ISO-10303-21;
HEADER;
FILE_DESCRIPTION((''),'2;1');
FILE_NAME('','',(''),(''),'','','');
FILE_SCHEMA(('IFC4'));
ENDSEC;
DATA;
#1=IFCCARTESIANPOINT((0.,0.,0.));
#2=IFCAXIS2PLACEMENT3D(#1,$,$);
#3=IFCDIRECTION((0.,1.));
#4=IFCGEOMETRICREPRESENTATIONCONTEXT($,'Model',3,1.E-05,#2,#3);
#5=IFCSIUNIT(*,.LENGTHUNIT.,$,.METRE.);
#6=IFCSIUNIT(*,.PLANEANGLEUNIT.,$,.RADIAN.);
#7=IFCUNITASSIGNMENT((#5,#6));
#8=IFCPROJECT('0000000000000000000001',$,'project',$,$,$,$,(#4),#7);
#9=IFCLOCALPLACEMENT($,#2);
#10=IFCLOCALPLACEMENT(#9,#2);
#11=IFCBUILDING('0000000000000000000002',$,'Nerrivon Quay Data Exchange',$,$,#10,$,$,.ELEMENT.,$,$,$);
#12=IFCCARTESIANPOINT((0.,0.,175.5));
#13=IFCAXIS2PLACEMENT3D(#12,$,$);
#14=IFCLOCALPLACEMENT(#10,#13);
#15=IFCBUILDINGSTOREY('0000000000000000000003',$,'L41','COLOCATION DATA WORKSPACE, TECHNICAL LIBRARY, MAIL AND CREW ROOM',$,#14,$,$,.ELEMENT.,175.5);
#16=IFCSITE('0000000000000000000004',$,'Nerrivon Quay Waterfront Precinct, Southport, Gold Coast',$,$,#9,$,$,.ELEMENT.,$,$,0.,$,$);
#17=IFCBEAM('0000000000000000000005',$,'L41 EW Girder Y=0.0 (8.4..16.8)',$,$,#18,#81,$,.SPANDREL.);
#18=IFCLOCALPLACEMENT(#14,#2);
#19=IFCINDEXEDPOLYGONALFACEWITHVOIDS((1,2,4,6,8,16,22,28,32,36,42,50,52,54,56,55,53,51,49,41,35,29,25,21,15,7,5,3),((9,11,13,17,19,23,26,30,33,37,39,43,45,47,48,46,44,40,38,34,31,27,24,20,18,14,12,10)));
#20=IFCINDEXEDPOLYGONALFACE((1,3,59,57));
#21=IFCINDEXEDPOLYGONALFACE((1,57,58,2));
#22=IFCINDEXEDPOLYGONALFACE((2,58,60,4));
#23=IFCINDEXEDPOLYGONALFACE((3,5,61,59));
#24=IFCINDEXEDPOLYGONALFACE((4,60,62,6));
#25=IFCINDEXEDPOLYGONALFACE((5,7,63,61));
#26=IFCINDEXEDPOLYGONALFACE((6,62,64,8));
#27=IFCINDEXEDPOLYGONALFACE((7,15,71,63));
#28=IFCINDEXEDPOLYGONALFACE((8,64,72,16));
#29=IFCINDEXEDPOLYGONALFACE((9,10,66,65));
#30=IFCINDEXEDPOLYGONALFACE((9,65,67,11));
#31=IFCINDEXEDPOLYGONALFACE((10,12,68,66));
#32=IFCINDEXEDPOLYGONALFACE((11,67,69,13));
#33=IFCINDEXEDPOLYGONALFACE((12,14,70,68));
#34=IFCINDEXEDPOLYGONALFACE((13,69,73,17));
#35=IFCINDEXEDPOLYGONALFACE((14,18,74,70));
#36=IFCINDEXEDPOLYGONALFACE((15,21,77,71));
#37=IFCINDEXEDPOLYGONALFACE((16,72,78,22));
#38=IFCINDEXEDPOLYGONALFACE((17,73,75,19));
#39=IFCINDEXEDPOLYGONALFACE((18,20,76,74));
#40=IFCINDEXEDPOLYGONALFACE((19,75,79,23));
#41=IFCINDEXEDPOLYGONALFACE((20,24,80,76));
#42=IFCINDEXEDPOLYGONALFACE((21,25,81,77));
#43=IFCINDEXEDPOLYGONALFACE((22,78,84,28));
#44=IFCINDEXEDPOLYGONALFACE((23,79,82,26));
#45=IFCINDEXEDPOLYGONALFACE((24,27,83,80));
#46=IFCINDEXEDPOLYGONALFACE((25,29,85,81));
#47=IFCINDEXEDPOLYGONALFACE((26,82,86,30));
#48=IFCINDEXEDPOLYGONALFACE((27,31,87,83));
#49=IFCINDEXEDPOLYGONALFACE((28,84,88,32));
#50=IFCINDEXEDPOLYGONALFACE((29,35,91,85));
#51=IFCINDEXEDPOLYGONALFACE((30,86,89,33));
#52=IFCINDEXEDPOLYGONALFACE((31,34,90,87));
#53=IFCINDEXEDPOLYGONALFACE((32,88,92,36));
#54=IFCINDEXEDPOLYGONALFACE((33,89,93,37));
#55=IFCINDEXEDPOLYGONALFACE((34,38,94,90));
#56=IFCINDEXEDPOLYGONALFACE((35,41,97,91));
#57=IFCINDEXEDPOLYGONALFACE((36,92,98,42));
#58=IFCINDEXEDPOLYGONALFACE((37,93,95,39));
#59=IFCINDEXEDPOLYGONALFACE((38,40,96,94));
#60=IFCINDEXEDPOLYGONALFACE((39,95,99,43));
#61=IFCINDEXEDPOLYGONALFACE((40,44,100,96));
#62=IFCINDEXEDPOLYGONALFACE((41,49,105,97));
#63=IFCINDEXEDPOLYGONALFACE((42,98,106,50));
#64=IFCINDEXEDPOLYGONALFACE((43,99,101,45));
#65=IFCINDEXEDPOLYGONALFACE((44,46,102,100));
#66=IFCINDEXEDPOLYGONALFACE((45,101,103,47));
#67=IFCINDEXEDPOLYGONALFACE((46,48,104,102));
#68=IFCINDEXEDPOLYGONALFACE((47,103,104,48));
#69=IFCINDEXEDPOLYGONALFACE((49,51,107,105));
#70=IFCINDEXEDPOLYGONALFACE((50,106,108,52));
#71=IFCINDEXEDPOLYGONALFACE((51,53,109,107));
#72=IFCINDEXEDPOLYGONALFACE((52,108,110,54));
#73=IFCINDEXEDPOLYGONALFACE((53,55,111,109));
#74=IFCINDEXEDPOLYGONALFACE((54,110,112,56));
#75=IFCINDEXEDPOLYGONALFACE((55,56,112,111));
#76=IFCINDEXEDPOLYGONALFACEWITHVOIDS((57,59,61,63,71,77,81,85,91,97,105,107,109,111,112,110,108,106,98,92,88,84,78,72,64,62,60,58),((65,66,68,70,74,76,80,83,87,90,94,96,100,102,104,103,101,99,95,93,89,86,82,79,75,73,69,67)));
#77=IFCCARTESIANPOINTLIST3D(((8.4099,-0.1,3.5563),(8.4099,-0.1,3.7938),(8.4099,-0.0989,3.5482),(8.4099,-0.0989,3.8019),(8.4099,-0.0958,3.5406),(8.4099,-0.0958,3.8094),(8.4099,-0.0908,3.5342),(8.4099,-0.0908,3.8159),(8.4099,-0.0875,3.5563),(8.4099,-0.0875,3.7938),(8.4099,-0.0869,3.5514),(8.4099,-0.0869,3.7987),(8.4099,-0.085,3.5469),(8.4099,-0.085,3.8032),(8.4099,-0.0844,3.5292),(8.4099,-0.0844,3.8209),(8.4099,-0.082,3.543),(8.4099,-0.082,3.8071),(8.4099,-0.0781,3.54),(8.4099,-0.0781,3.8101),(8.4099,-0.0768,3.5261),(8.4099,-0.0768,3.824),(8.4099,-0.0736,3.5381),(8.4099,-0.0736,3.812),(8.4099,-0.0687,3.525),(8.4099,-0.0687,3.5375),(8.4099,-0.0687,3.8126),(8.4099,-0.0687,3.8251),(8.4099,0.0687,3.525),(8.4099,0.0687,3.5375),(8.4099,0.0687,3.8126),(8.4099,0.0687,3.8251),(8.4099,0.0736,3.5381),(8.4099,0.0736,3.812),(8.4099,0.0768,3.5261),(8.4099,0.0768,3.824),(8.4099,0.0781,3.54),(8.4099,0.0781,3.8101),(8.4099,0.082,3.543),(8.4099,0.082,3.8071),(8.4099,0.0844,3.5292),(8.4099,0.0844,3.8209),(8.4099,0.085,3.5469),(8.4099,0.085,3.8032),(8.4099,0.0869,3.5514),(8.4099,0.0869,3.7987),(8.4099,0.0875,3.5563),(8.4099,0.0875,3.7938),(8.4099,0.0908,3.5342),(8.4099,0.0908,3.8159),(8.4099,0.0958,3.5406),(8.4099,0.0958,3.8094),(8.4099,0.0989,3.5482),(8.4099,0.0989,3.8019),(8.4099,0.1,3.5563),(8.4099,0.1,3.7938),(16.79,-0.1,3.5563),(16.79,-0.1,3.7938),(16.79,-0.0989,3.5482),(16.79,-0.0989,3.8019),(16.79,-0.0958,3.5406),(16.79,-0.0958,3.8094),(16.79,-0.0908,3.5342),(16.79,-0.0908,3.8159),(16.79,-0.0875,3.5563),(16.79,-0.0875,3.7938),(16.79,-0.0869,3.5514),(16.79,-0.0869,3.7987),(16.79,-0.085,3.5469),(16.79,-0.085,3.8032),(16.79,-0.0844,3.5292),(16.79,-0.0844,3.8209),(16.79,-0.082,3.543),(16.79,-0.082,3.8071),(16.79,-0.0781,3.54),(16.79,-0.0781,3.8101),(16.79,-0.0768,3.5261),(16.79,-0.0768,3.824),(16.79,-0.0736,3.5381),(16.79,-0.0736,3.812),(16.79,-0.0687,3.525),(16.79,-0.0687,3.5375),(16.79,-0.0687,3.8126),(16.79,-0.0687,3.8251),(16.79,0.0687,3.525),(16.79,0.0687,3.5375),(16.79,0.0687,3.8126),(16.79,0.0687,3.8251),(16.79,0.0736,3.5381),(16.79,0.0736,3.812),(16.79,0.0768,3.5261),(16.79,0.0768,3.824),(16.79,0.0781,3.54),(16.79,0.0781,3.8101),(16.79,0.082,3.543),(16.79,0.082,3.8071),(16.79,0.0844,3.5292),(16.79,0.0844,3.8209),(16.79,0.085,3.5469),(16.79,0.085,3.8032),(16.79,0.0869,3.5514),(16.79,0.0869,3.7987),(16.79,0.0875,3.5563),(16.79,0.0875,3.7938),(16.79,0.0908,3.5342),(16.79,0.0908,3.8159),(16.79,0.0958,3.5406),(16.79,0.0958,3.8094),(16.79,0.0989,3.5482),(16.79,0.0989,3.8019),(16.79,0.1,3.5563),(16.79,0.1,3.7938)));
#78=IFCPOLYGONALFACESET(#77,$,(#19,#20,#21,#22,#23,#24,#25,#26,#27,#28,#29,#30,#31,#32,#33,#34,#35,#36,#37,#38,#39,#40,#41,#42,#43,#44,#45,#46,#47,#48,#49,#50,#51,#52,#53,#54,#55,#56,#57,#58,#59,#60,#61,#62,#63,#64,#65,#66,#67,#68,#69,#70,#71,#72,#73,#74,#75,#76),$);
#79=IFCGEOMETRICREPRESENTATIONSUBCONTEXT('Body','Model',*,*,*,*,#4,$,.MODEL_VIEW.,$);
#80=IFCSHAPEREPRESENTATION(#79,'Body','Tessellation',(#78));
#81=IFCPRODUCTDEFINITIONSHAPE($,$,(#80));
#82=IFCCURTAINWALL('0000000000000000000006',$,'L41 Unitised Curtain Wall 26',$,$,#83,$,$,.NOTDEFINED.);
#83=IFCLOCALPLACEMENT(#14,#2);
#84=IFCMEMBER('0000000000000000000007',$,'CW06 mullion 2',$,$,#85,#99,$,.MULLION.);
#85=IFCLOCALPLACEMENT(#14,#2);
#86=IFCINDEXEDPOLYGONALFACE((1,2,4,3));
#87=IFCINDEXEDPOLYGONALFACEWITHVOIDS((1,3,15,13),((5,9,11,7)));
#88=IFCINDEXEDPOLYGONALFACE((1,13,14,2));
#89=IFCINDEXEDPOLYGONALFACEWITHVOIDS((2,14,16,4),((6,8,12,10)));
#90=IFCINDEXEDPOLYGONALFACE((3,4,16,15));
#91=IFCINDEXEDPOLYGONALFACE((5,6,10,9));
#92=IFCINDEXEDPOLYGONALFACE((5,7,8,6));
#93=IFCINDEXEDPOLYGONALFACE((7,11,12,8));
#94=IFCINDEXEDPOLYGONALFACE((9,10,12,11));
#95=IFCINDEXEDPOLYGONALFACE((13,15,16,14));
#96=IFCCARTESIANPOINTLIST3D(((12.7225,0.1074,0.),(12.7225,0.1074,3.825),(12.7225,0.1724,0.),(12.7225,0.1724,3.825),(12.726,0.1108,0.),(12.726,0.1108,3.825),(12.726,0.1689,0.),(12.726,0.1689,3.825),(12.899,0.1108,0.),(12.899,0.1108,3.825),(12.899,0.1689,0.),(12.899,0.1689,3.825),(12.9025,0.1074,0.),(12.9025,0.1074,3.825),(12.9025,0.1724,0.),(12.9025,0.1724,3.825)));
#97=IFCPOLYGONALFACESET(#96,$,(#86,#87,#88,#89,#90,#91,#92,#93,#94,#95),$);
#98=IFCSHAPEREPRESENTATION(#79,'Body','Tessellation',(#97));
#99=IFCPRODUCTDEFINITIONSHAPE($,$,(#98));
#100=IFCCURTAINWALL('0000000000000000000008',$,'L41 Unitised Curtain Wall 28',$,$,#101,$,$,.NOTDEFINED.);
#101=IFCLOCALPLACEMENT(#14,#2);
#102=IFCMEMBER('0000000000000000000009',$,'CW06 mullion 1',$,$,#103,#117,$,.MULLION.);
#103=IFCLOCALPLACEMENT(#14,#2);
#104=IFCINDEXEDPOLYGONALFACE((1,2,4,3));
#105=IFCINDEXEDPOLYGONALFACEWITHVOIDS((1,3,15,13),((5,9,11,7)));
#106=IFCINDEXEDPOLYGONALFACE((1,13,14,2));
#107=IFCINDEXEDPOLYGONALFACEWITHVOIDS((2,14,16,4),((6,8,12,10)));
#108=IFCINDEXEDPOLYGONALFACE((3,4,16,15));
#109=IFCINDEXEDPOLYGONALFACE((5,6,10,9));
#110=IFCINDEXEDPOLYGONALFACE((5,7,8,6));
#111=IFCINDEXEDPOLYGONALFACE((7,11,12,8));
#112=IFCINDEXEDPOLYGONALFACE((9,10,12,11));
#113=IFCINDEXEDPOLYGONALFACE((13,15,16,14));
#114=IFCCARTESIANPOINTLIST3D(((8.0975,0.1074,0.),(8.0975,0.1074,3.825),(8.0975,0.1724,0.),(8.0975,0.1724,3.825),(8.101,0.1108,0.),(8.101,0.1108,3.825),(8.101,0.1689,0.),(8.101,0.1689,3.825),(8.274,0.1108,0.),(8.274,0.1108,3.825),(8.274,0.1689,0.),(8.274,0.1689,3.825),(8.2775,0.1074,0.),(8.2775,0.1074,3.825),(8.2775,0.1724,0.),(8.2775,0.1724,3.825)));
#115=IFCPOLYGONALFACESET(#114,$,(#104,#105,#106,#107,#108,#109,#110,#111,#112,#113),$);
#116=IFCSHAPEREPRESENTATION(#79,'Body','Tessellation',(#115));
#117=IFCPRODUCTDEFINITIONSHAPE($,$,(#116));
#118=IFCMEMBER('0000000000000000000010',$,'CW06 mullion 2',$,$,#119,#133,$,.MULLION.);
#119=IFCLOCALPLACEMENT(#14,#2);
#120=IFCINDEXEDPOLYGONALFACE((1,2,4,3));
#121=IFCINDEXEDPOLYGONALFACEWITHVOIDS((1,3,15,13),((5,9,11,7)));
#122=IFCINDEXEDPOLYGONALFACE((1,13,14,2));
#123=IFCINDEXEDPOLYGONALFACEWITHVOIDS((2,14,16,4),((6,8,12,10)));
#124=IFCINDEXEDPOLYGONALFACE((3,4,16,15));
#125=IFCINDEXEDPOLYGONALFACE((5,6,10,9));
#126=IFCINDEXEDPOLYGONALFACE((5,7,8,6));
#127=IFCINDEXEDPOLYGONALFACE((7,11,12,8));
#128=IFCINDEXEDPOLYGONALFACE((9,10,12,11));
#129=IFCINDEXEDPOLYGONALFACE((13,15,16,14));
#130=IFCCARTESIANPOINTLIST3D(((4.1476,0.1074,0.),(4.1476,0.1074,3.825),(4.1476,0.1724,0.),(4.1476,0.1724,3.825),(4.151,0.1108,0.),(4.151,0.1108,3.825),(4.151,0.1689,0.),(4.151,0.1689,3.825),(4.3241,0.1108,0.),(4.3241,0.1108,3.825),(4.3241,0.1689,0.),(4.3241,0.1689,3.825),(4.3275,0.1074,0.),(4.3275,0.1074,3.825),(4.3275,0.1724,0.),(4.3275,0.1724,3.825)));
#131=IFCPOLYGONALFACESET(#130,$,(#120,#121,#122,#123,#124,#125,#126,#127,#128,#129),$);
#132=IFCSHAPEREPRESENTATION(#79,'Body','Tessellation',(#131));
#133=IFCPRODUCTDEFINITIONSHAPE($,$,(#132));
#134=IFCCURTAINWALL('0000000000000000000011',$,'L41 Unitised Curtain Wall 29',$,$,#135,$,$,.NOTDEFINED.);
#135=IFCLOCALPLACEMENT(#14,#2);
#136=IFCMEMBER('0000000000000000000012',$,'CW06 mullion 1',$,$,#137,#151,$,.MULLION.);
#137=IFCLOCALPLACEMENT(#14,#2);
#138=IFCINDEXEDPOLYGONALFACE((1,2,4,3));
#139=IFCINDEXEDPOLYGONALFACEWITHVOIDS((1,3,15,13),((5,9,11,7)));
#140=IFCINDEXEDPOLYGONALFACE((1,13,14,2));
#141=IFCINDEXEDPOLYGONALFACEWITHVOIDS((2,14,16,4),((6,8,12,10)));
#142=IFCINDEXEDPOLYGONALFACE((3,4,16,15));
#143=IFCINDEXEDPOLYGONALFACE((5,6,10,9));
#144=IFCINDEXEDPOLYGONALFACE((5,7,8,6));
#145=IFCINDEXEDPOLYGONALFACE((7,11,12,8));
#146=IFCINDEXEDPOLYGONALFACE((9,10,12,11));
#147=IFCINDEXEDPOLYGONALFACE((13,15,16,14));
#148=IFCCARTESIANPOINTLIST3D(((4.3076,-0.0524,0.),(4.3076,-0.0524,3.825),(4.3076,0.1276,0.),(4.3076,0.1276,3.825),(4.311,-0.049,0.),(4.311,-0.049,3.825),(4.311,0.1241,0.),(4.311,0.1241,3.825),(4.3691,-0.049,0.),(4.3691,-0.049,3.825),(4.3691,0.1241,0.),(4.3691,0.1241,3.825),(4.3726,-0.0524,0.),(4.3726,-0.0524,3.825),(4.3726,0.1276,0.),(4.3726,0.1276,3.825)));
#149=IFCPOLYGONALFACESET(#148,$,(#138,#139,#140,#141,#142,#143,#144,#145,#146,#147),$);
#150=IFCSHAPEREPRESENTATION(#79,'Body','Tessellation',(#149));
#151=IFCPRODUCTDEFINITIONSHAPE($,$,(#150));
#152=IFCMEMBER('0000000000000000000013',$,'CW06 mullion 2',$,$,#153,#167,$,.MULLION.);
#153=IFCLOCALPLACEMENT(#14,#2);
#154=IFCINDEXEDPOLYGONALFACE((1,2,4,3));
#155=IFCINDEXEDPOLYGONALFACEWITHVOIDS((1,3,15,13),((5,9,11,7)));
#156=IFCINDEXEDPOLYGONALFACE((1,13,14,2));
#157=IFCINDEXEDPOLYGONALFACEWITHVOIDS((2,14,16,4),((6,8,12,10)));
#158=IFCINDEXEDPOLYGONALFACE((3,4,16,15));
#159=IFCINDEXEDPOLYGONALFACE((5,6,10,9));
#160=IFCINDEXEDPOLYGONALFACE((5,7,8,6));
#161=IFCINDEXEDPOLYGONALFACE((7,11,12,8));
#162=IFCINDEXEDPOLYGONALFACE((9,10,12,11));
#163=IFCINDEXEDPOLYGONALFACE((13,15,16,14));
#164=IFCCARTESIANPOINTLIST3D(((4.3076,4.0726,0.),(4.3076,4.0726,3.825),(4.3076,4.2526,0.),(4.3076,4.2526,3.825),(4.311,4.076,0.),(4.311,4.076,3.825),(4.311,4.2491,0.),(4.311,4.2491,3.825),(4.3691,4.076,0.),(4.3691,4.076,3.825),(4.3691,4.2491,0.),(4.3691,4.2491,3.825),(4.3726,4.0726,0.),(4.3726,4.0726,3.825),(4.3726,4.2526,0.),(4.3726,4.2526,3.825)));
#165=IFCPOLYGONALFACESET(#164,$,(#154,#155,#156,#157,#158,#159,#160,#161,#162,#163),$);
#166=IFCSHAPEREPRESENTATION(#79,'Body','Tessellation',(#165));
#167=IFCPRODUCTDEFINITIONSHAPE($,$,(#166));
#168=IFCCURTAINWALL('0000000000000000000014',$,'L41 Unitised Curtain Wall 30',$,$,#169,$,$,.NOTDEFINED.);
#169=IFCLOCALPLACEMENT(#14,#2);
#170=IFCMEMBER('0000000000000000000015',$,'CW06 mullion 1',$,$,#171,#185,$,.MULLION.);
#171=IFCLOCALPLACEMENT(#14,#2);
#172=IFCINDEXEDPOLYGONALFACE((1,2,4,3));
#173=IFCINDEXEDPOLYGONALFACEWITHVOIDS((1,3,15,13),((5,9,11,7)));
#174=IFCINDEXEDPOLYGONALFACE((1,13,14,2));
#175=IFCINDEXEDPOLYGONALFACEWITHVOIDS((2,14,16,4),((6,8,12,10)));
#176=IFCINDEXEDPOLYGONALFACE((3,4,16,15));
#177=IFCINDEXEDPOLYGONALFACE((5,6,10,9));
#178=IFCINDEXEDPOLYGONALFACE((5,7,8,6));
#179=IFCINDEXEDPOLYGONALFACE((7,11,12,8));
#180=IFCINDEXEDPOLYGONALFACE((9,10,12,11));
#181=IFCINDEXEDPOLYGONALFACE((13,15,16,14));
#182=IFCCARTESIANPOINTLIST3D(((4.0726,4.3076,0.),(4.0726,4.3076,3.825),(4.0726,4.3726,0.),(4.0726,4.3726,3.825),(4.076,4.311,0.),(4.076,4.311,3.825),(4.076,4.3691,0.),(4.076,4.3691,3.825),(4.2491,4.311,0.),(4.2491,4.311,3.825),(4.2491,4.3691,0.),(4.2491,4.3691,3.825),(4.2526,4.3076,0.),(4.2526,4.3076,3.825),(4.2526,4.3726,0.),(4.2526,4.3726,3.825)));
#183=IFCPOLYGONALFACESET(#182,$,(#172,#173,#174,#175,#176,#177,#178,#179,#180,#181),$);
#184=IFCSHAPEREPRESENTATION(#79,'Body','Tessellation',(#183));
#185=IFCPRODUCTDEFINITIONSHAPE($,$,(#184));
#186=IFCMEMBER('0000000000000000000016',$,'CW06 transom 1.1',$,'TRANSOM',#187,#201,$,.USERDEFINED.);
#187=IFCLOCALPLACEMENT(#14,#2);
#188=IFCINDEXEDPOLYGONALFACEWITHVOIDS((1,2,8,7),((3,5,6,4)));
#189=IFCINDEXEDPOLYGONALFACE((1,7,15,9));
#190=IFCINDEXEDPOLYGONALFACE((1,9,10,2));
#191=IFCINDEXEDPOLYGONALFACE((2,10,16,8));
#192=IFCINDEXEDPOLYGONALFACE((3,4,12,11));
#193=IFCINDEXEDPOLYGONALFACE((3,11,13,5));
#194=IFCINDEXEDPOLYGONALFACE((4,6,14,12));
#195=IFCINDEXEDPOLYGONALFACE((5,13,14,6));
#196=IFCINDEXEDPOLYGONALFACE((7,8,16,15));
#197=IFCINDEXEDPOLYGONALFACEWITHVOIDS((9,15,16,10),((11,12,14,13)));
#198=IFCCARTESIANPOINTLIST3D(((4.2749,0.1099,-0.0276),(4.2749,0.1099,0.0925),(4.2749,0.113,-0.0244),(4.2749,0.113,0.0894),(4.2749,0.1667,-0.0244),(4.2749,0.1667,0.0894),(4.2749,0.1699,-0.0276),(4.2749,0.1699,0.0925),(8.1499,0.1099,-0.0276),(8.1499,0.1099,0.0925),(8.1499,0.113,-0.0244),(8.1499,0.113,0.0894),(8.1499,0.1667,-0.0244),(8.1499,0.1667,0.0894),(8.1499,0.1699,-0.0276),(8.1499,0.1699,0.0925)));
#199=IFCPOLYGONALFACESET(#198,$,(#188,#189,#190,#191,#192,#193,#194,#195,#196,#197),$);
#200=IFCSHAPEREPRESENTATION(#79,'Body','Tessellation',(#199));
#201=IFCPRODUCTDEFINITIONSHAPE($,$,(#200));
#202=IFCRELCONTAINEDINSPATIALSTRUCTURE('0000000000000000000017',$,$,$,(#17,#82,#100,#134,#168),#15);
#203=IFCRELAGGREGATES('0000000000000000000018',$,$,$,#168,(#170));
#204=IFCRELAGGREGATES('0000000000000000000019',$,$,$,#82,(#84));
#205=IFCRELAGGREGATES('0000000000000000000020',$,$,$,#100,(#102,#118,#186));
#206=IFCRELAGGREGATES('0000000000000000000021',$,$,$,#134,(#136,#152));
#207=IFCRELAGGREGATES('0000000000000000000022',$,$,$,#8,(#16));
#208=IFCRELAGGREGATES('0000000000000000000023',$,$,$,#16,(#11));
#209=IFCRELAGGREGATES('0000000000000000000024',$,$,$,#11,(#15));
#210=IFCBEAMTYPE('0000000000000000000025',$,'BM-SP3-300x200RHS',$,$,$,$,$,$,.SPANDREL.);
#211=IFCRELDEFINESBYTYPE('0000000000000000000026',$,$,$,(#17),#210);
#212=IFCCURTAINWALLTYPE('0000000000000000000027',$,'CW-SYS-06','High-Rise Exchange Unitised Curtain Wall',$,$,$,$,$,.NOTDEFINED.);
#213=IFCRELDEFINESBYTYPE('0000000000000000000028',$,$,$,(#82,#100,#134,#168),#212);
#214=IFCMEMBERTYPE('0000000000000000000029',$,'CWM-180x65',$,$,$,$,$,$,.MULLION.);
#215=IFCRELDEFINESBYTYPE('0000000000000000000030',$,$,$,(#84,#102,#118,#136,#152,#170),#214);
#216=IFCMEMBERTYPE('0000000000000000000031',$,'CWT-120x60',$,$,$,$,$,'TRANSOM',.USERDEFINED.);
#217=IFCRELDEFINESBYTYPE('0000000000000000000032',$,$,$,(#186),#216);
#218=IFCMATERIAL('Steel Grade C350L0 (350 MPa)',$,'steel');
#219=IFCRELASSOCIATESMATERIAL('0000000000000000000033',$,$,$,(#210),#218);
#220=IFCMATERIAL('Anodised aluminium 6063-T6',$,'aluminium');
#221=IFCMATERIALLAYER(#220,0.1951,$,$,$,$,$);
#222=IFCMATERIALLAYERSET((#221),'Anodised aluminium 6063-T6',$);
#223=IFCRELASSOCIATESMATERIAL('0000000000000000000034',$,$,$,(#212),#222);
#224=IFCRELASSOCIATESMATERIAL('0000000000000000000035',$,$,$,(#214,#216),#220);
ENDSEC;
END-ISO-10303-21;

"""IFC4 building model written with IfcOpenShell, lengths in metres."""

from ifc_helpers import new_model, si_unit, direction, frame, origin, origin_2d, place, context, subcontext, project, spatial, hollow_rectangle, extrude, material, layer, layer_set, material_profile, profile_set, type_object, element, aggregate, save


model = new_model("IFC4")

# Units and contexts
model_context = context("Model", 3, precision=1e-05, world=origin(), true_north=direction((0.0, 1.0)))
body_context = subcontext(model_context, "Body", "Model", "MODEL_VIEW")
ifc_project = project(units=[si_unit("LENGTHUNIT", "METRE"), si_unit("PLANEANGLEUNIT", "RADIAN")], contexts=[model_context])

# Site, building, storey
site_placement = place(None, origin())
site = spatial("IfcSite", under=ifc_project, at=site_placement, Name="Nerrivon Quay Waterfront Precinct, Southport, Gold Coast", CompositionType="ELEMENT", RefElevation=0.0)
building_placement = place(site_placement, origin())
building = spatial("IfcBuilding", under=site, at=building_placement, Name="Nerrivon Quay Data Exchange", CompositionType="ELEMENT")
storey_placement = place(building_placement, frame((0.0, 0.0, 175.5)))
storey = spatial("IfcBuildingStorey", under=building, at=storey_placement, Name="L41", Description="COLOCATION DATA WORKSPACE, TECHNICAL LIBRARY, MAIL AND CREW ROOM", CompositionType="ELEMENT", Elevation=175.5)

# Beam
ifc_material_1 = material(Name="Steel Grade C350L0 (350 MPa)", Category="steel")
ifc_material_profile_1 = material_profile(ifc_material_1, hollow_rectangle(XDim=0.2, YDim=0.3, WallThickness=0.0125, InnerFilletRadius=0.0188, OuterFilletRadius=0.0312, at=origin_2d()), Name="300x200x12.5RHS")
ifc_profile_set_1 = profile_set([ifc_material_profile_1], Name="Steel Grade C350L0 (350 MPa)")
beam_type_1 = type_object("IfcBeamType", Name="BM-SP3-300x200RHS", PredefinedType="SPANDREL", material=ifc_profile_set_1)
beam_1_placement = place(storey_placement, frame((8.4099, 0.0, 3.675), z_axis=(1.0, 0.0, 0.0), x_axis=(0.0, 1.0, 0.0)))
element("IfcBeam", 1, at=beam_1_placement, inside=storey, type_object=beam_type_1, Name="L41 EW Girder Y=0.0 (8.4..16.8)", PredefinedType="SPANDREL", context=body_context, shape_type="SweptSolid", body=[
    extrude(hollow_rectangle(XDim=0.2, YDim=0.3, WallThickness=0.0125, InnerFilletRadius=0.0188, OuterFilletRadius=0.0312, at=origin_2d()), origin(), (0.0, 0.0, 1.0), 8.3801),
])

# Curtain wall, member
ifc_material_2 = material(Name="Anodised aluminium 6063-T6", Category="aluminium")
ifc_layer_1 = layer(ifc_material_2, 0.1951)
ifc_layer_set_1 = layer_set([ifc_layer_1], Name="Anodised aluminium 6063-T6")
curtain_wall_type = type_object("IfcCurtainWallType", Name="CW-SYS-06", Description="High-Rise Exchange Unitised Curtain Wall", PredefinedType="NOTDEFINED", material=ifc_layer_set_1)
curtain_wall_1_placement = place(storey_placement, origin())
curtain_wall_1 = element("IfcCurtainWall", 2, at=curtain_wall_1_placement, inside=storey, type_object=curtain_wall_type, Name="L41 Unitised Curtain Wall 26", PredefinedType="NOTDEFINED")
ifc_material_profile_2 = material_profile(ifc_material_2, hollow_rectangle(XDim=0.0649, YDim=0.1799, WallThickness=0.0034, at=origin_2d()), Name="ALU-MULL-180x65")
ifc_profile_set_2 = profile_set([ifc_material_profile_2], Name="Anodised aluminium 6063-T6")
member_type_1 = type_object("IfcMemberType", Name="CWM-180x65", PredefinedType="MULLION", material=ifc_profile_set_2)
member_1_placement = place(storey_placement, frame((12.8125, 0.1399, 0.0), z_axis=(0.0, 0.0, 1.0), x_axis=(0.0, -1.0, 0.0)))
member_1 = element("IfcMember", 3, at=member_1_placement, type_object=member_type_1, Name="CW06 mullion 2", PredefinedType="MULLION", context=body_context, shape_type="SweptSolid", body=[
    extrude(hollow_rectangle(XDim=0.0649, YDim=0.1799, WallThickness=0.0034, at=origin_2d()), origin(), (0.0, 0.0, 1.0), 3.825),
])

# Curtain walls, members
curtain_wall_2_placement = place(storey_placement, origin())
curtain_wall_2 = element("IfcCurtainWall", 4, at=curtain_wall_2_placement, inside=storey, type_object=curtain_wall_type, Name="L41 Unitised Curtain Wall 28", PredefinedType="NOTDEFINED")
member_2_placement = place(storey_placement, frame((8.1875, 0.1399, 0.0), z_axis=(0.0, 0.0, 1.0), x_axis=(0.0, -1.0, 0.0)))
member_2 = element("IfcMember", 5, at=member_2_placement, type_object=member_type_1, Name="CW06 mullion 1", PredefinedType="MULLION", context=body_context, shape_type="SweptSolid", body=[
    extrude(hollow_rectangle(XDim=0.0649, YDim=0.1799, WallThickness=0.0034, at=origin_2d()), origin(), (0.0, 0.0, 1.0), 3.825),
])
member_3_placement = place(storey_placement, frame((4.2375, 0.1399, 0.0), z_axis=(0.0, 0.0, 1.0), x_axis=(0.0, -1.0, 0.0)))
member_3 = element("IfcMember", 6, at=member_3_placement, type_object=member_type_1, Name="CW06 mullion 2", PredefinedType="MULLION", context=body_context, shape_type="SweptSolid", body=[
    extrude(hollow_rectangle(XDim=0.0649, YDim=0.1799, WallThickness=0.0034, at=origin_2d()), origin(), (0.0, 0.0, 1.0), 3.825),
])
curtain_wall_3_placement = place(storey_placement, origin())
curtain_wall_3 = element("IfcCurtainWall", 7, at=curtain_wall_3_placement, inside=storey, type_object=curtain_wall_type, Name="L41 Unitised Curtain Wall 29", PredefinedType="NOTDEFINED")
member_4_placement = place(storey_placement, frame((4.3401, 0.0376, 0.0), z_axis=(0.0, 0.0, 1.0), x_axis=(-1.0, 0.0, 0.0)))
member_4 = element("IfcMember", 8, at=member_4_placement, type_object=member_type_1, Name="CW06 mullion 1", PredefinedType="MULLION", context=body_context, shape_type="SweptSolid", body=[
    extrude(hollow_rectangle(XDim=0.0649, YDim=0.1799, WallThickness=0.0034, at=origin_2d()), origin(), (0.0, 0.0, 1.0), 3.825),
])
member_5_placement = place(storey_placement, frame((4.3401, 4.1626, 0.0), z_axis=(0.0, 0.0, 1.0), x_axis=(-1.0, 0.0, 0.0)))
member_5 = element("IfcMember", 9, at=member_5_placement, type_object=member_type_1, Name="CW06 mullion 2", PredefinedType="MULLION", context=body_context, shape_type="SweptSolid", body=[
    extrude(hollow_rectangle(XDim=0.0649, YDim=0.1799, WallThickness=0.0034, at=origin_2d()), origin(), (0.0, 0.0, 1.0), 3.825),
])

# Curtain wall, member
curtain_wall_4_placement = place(storey_placement, origin())
curtain_wall_4 = element("IfcCurtainWall", 10, at=curtain_wall_4_placement, inside=storey, type_object=curtain_wall_type, Name="L41 Unitised Curtain Wall 30", PredefinedType="NOTDEFINED")
member_6_placement = place(storey_placement, frame((4.1626, 4.3401, 0.0), z_axis=(0.0, 0.0, 1.0), x_axis=(0.0, -1.0, 0.0)))
member_6 = element("IfcMember", 11, at=member_6_placement, type_object=member_type_1, Name="CW06 mullion 1", PredefinedType="MULLION", context=body_context, shape_type="SweptSolid", body=[
    extrude(hollow_rectangle(XDim=0.0649, YDim=0.1799, WallThickness=0.0034, at=origin_2d()), origin(), (0.0, 0.0, 1.0), 3.825),
])

# Member
ifc_material_profile_3 = material_profile(ifc_material_2, hollow_rectangle(XDim=0.0601, YDim=0.1201, WallThickness=0.0032, at=origin_2d()), Name="ALU-TRAN-120x60")
ifc_profile_set_3 = profile_set([ifc_material_profile_3], Name="Anodised aluminium 6063-T6")
member_type_2 = type_object("IfcMemberType", Name="CWT-120x60", ElementType="TRANSOM", PredefinedType="USERDEFINED", material=ifc_profile_set_3)
member_7_placement = place(storey_placement, frame((8.1499, 0.1399, 0.0325), z_axis=(-1.0, 0.0, 0.0), x_axis=(0.0, -1.0, 0.0)))
member_7 = element("IfcMember", 12, at=member_7_placement, type_object=member_type_2, Name="CW06 transom 1.1", ObjectType="TRANSOM", PredefinedType="USERDEFINED", context=body_context, shape_type="SweptSolid", body=[
    extrude(hollow_rectangle(XDim=0.0601, YDim=0.1201, WallThickness=0.0032, at=origin_2d()), origin(), (0.0, 0.0, 1.0), 3.875),
])
aggregate(curtain_wall_4, [member_6])

aggregate(curtain_wall_1, [member_1])
aggregate(curtain_wall_2, [member_2, member_3, member_7])
aggregate(curtain_wall_3, [member_4, member_5])

save(model, "model.ifc")
